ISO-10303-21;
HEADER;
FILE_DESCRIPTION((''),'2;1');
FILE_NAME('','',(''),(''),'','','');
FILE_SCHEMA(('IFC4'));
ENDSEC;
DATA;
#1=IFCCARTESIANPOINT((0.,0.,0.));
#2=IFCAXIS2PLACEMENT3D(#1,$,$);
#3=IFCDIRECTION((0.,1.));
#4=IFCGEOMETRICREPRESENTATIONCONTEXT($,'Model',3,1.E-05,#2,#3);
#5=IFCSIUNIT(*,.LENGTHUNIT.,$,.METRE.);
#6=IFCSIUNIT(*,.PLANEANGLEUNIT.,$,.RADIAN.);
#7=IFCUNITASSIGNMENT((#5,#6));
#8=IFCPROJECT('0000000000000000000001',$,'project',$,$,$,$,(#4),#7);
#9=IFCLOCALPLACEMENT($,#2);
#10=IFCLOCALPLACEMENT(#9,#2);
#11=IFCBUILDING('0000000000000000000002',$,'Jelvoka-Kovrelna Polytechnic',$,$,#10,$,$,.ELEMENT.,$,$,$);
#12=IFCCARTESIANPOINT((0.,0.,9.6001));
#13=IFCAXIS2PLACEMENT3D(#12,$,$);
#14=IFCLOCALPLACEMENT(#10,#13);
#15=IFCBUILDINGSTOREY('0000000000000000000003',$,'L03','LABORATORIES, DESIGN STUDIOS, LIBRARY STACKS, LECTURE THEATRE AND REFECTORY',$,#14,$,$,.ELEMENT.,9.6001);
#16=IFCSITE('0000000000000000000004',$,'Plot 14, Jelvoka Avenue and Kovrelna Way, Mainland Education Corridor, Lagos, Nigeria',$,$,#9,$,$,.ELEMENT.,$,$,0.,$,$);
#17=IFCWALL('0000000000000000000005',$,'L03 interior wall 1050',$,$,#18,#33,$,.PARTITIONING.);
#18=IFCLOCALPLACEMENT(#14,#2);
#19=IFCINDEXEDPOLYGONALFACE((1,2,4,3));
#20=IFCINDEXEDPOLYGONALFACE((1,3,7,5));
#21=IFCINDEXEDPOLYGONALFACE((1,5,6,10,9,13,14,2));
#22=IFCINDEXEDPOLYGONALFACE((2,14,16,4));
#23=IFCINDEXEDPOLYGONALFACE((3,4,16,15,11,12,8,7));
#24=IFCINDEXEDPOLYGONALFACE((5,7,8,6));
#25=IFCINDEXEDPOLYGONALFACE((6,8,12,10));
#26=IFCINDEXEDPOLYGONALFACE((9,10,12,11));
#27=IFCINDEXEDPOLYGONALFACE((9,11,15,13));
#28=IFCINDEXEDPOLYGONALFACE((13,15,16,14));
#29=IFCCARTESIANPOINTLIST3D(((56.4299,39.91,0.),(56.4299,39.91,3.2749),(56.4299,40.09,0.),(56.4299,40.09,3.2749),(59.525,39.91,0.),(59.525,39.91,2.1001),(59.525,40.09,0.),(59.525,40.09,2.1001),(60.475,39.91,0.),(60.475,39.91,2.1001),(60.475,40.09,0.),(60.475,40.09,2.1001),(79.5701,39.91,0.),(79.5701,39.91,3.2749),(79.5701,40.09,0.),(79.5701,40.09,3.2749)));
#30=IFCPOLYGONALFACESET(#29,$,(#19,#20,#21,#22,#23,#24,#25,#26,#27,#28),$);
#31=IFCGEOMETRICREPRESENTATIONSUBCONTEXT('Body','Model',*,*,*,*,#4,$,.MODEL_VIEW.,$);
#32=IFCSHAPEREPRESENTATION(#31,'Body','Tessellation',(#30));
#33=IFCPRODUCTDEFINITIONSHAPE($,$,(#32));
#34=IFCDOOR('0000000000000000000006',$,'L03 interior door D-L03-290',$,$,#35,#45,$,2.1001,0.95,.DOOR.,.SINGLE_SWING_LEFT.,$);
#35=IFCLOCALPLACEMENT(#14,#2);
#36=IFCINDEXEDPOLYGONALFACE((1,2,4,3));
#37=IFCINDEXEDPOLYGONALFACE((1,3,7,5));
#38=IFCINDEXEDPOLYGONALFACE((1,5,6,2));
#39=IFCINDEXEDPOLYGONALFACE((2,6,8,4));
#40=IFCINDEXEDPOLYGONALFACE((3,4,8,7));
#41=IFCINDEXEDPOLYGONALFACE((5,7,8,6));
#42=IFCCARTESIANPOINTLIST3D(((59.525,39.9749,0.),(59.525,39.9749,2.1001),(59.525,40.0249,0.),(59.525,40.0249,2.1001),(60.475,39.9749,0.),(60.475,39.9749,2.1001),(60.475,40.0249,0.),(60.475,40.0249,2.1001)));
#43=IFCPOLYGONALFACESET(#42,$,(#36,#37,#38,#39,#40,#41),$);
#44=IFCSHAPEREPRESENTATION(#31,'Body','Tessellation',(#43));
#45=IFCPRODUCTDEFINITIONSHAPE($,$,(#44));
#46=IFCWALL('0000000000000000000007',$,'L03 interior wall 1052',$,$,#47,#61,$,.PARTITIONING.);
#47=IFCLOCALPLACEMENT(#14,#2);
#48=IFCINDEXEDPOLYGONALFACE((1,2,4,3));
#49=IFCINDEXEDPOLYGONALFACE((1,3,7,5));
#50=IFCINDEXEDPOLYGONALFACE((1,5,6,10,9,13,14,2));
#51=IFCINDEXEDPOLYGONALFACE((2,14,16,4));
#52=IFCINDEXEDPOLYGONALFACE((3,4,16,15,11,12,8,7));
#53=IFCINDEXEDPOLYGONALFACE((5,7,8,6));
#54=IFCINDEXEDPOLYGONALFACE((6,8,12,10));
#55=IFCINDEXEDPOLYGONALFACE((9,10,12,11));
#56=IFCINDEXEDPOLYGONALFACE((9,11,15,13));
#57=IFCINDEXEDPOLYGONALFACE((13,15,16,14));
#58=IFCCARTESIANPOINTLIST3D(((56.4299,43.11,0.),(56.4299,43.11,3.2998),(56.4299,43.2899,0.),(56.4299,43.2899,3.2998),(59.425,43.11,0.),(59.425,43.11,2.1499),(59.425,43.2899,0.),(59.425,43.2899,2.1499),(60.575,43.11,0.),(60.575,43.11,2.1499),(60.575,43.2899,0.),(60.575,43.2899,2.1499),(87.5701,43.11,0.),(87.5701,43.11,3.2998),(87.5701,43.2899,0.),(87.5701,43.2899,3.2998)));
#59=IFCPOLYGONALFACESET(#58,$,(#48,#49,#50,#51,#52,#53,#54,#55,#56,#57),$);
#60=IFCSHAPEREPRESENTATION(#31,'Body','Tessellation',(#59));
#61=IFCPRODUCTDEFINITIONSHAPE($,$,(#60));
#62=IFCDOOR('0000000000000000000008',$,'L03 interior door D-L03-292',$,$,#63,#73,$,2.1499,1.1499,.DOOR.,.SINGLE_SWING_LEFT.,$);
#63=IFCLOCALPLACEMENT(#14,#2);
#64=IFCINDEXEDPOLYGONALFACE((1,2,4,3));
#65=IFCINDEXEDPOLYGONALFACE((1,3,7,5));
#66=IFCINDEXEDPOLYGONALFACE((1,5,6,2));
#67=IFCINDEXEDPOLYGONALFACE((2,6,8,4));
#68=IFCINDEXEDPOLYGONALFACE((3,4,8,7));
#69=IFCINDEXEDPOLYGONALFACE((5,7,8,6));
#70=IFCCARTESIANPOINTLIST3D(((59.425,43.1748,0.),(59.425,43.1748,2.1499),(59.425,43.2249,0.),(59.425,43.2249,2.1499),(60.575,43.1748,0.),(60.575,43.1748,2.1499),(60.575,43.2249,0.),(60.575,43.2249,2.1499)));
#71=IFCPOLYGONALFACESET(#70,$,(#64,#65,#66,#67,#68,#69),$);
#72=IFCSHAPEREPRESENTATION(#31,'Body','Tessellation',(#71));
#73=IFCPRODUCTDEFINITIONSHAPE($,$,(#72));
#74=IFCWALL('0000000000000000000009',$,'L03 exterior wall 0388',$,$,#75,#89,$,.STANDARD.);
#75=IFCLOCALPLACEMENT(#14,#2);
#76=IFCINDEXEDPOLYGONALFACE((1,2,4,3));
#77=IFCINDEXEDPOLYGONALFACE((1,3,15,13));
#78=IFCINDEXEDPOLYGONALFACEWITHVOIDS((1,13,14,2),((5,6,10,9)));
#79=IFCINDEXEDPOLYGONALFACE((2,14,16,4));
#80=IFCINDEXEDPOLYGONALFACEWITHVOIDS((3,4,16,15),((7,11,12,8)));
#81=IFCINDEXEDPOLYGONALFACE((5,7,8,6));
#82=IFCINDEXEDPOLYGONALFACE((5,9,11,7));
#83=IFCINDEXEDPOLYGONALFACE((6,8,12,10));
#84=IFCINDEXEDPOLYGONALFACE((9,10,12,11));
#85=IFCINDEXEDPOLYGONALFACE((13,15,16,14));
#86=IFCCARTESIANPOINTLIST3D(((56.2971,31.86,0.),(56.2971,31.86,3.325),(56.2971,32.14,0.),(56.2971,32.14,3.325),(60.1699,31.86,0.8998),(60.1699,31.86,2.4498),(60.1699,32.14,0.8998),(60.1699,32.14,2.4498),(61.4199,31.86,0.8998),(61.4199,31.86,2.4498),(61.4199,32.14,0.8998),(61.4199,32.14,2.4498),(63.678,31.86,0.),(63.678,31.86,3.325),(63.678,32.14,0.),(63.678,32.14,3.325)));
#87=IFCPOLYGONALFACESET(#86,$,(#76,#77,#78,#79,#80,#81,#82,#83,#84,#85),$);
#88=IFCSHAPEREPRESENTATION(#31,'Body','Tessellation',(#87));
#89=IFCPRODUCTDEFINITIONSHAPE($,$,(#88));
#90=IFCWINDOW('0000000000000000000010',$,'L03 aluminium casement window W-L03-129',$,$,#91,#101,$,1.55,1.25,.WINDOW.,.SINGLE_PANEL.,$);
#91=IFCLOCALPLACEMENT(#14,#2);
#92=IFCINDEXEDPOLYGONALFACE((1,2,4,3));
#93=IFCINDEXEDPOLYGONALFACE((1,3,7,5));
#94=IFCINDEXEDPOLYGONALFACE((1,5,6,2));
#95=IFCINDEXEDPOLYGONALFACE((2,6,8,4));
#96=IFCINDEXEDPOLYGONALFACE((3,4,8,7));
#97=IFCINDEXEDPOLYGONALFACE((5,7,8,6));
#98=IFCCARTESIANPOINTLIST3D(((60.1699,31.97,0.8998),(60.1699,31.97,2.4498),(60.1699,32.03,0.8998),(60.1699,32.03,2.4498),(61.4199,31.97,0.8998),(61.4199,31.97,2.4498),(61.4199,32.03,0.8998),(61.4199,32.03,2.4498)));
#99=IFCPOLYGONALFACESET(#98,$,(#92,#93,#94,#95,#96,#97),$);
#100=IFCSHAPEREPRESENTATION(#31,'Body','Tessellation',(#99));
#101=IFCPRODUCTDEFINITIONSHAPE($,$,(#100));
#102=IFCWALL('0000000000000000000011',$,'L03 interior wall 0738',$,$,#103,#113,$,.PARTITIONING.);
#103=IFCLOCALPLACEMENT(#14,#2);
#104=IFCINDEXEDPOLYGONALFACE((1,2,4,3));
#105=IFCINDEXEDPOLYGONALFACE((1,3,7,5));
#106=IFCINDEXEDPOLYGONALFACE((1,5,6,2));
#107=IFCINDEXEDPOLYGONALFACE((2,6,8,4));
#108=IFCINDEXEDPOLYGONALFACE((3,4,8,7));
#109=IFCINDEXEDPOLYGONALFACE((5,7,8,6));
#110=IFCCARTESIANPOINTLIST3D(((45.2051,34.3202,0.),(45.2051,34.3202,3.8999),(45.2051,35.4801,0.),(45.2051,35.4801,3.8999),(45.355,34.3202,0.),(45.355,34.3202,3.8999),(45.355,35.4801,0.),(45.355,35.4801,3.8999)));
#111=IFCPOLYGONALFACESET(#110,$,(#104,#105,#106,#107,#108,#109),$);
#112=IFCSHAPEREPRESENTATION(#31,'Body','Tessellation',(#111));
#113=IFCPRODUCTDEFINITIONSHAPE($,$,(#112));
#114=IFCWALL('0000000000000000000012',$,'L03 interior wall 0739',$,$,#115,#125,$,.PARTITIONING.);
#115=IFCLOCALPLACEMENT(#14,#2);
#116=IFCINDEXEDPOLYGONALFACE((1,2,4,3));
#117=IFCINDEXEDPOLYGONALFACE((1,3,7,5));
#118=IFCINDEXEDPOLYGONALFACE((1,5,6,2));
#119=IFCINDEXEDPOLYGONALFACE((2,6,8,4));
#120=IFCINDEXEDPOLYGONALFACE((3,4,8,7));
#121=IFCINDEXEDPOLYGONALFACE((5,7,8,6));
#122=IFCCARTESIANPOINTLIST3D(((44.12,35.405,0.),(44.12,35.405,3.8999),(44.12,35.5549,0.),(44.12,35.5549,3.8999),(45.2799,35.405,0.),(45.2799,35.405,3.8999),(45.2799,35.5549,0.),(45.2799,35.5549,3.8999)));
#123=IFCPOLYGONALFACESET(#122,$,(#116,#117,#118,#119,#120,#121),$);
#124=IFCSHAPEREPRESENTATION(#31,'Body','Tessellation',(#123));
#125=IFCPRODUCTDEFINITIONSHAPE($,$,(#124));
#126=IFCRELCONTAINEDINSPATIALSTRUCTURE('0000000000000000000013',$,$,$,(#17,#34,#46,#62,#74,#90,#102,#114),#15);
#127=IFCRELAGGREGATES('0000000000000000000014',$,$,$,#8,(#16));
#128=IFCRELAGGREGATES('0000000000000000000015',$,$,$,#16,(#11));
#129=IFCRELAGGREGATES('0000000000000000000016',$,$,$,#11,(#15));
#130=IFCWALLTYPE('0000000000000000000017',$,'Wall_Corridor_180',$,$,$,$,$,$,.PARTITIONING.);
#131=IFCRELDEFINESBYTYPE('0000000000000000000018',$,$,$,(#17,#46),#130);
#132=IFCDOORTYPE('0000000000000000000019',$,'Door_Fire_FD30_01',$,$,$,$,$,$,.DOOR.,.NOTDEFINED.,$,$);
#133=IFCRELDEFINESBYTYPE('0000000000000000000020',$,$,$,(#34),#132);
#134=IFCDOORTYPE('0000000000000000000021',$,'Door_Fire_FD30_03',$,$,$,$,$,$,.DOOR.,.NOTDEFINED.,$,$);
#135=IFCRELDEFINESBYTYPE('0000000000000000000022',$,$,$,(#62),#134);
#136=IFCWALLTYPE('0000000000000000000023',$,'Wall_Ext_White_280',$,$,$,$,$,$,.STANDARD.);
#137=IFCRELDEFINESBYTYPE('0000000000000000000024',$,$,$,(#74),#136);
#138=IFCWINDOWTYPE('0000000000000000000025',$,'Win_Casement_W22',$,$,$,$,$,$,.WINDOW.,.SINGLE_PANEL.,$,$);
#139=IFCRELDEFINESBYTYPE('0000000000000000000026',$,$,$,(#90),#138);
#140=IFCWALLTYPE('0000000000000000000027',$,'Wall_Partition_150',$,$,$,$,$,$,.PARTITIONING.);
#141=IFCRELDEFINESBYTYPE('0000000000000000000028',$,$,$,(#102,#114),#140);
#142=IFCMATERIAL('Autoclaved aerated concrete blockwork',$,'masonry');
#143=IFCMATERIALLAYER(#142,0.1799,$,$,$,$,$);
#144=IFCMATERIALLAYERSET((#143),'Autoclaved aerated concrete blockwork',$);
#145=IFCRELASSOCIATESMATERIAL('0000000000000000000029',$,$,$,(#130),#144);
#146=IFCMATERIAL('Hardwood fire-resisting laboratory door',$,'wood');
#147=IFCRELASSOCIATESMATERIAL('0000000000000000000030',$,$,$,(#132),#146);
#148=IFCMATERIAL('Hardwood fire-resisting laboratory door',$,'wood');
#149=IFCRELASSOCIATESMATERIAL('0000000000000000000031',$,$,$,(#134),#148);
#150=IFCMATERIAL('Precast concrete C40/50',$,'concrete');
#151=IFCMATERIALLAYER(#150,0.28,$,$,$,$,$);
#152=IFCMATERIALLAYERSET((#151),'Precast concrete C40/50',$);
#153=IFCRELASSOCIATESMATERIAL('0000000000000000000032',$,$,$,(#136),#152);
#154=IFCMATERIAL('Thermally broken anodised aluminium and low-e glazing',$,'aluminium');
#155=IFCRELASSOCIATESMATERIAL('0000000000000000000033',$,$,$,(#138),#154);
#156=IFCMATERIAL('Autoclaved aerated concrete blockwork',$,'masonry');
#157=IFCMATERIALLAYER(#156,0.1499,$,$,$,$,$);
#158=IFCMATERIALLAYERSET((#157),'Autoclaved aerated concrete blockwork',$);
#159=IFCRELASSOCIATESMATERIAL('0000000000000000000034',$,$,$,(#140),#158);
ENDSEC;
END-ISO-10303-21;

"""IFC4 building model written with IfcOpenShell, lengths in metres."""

from ifc_helpers import new_model, si_unit, direction, frame, frame_2d, origin, place, context, subcontext, project, spatial, rectangle, extrude, material, layer, layer_set, type_object, element, fill, save


model = new_model("IFC4")

# Units and contexts
model_context = context("Model", 3, precision=1e-05, world=origin(), true_north=direction((0.0, 1.0)))
body_context = subcontext(model_context, "Body", "Model", "MODEL_VIEW")
ifc_project = project(units=[si_unit("LENGTHUNIT", "METRE"), si_unit("PLANEANGLEUNIT", "RADIAN")], contexts=[model_context])

# Site, building, storey
site_placement = place(None, origin())
site = spatial("IfcSite", under=ifc_project, at=site_placement, Name="Plot 14, Jelvoka Avenue and Kovrelna Way, Mainland Education Corridor, Lagos, Nigeria", CompositionType="ELEMENT", RefElevation=0.0)
building_placement = place(site_placement, origin())
building = spatial("IfcBuilding", under=site, at=building_placement, Name="Jelvoka-Kovrelna Polytechnic", CompositionType="ELEMENT")
storey_placement = place(building_placement, frame((0.0, 0.0, 9.6001)))
storey = spatial("IfcBuildingStorey", under=building, at=storey_placement, Name="L03", Description="LABORATORIES, DESIGN STUDIOS, LIBRARY STACKS, LECTURE THEATRE AND REFECTORY", CompositionType="ELEMENT", Elevation=9.6001)

# Walls, openings, doors
ifc_material_1 = material(Name="Autoclaved aerated concrete blockwork", Category="masonry")
ifc_layer_1 = layer(ifc_material_1, 0.1799)
ifc_layer_set_1 = layer_set([ifc_layer_1], Name="Autoclaved aerated concrete blockwork")
wall_type_1 = type_object("IfcWallType", Name="Wall_Corridor_180", PredefinedType="PARTITIONING", material=ifc_layer_set_1)
wall_1_placement = place(storey_placement, frame((56.4299, 40.0, 0.0), z_axis=(0.0, 0.0, 1.0), x_axis=(1.0, 0.0, 0.0)))
wall_1 = element("IfcWall", 1, at=wall_1_placement, inside=storey, type_object=wall_type_1, Name="L03 interior wall 1050", PredefinedType="PARTITIONING", context=body_context, shape_type="SweptSolid", body=[
    extrude(rectangle(XDim=23.1401, YDim=0.1799, at=frame_2d((11.5701, 0.0))), origin(), (0.0, 0.0, 1.0), 3.2749),
])
opening_1_placement = place(wall_1_placement, frame((3.095, 0.0, 0.0)))
opening_1 = element("IfcOpeningElement", 2, at=opening_1_placement, cuts=wall_1, PredefinedType="OPENING", context=body_context, shape_type="SweptSolid", body=[
    extrude(rectangle(XDim=0.95, YDim=2.1001, at=frame_2d((0.4751, 1.05))), frame((0.0, 0.0999, 0.0), z_axis=(0.0, -1.0, 0.0), x_axis=(1.0, 0.0, 0.0)), (0.0, 0.0, 1.0), 0.2),
])
ifc_material_2 = material(Name="Hardwood fire-resisting laboratory door", Category="wood")
door_type_1 = type_object("IfcDoorType", Name="Door_Fire_FD30_01", OperationType="NOTDEFINED", PredefinedType="DOOR", material=ifc_material_2)
door_1_placement = place(opening_1_placement, origin())
door_1 = element("IfcDoor", 3, at=door_1_placement, inside=storey, type_object=door_type_1, Name="L03 interior door D-L03-290", OperationType="SINGLE_SWING_LEFT", OverallHeight=2.1001, OverallWidth=0.95, PredefinedType="DOOR", context=body_context, shape_type="SweptSolid", body=[
    extrude(rectangle(XDim=0.95, YDim=2.1001, at=frame_2d((0.4751, 1.05))), frame((0.0, 0.0249, 0.0), z_axis=(0.0, -1.0, 0.0), x_axis=(1.0, 0.0, 0.0)), (0.0, 0.0, 1.0), 0.05),
])
fill(opening_1, door_1)
wall_2_placement = place(storey_placement, frame((56.4299, 43.2, 0.0), z_axis=(0.0, 0.0, 1.0), x_axis=(1.0, 0.0, 0.0)))
wall_2 = element("IfcWall", 4, at=wall_2_placement, inside=storey, type_object=wall_type_1, Name="L03 interior wall 1052", PredefinedType="PARTITIONING", context=body_context, shape_type="SweptSolid", body=[
    extrude(rectangle(XDim=31.1401, YDim=0.1799, at=frame_2d((15.5701, 0.0))), origin(), (0.0, 0.0, 1.0), 3.2998),
])
opening_2_placement = place(wall_2_placement, frame((2.9951, 0.0, 0.0)))
opening_2 = element("IfcOpeningElement", 5, at=opening_2_placement, cuts=wall_2, PredefinedType="OPENING", context=body_context, shape_type="SweptSolid", body=[
    extrude(rectangle(XDim=1.1499, YDim=2.1499, at=frame_2d((0.575, 1.075))), frame((0.0, 0.0999, 0.0), z_axis=(0.0, -1.0, 0.0), x_axis=(1.0, 0.0, 0.0)), (0.0, 0.0, 1.0), 0.2),
])
ifc_material_3 = material(Name="Hardwood fire-resisting laboratory door", Category="wood")
door_type_2 = type_object("IfcDoorType", Name="Door_Fire_FD30_03", OperationType="NOTDEFINED", PredefinedType="DOOR", material=ifc_material_3)
door_2_placement = place(opening_2_placement, origin())
door_2 = element("IfcDoor", 6, at=door_2_placement, inside=storey, type_object=door_type_2, Name="L03 interior door D-L03-292", OperationType="SINGLE_SWING_LEFT", OverallHeight=2.1499, OverallWidth=1.1499, PredefinedType="DOOR", context=body_context, shape_type="SweptSolid", body=[
    extrude(rectangle(XDim=1.1499, YDim=2.1499, at=frame_2d((0.575, 1.075))), frame((0.0, 0.0249, 0.0), z_axis=(0.0, -1.0, 0.0), x_axis=(1.0, 0.0, 0.0)), (0.0, 0.0, 1.0), 0.05),
])
fill(opening_2, door_2)

# Wall, opening, window
ifc_material_4 = material(Name="Precast concrete C40/50", Category="concrete")
ifc_layer_2 = layer(ifc_material_4, 0.28)
ifc_layer_set_2 = layer_set([ifc_layer_2], Name="Precast concrete C40/50")
wall_type_2 = type_object("IfcWallType", Name="Wall_Ext_White_280", PredefinedType="STANDARD", material=ifc_layer_set_2)
wall_3_placement = place(storey_placement, frame((63.678, 32.0, 0.0), z_axis=(0.0, 0.0, 1.0), x_axis=(-1.0, 0.0, 0.0)))
wall_3 = element("IfcWall", 7, at=wall_3_placement, inside=storey, type_object=wall_type_2, Name="L03 exterior wall 0388", PredefinedType="STANDARD", context=body_context, shape_type="SweptSolid", body=[
    extrude(rectangle(XDim=7.3809, YDim=0.28, at=frame_2d((3.6904, 0.0))), origin(), (0.0, 0.0, 1.0), 3.325),
])
opening_3_placement = place(wall_3_placement, frame((2.2581, 0.0, 0.8999)))
opening_3 = element("IfcOpeningElement", 8, at=opening_3_placement, cuts=wall_3, PredefinedType="OPENING", context=body_context, shape_type="SweptSolid", body=[
    extrude(rectangle(XDim=1.25, YDim=1.55, at=frame_2d((0.625, 0.7749))), frame((0.0, 0.1501, 0.0), z_axis=(0.0, -1.0, 0.0), x_axis=(1.0, 0.0, 0.0)), (0.0, 0.0, 1.0), 0.3),
])
ifc_material_5 = material(Name="Thermally broken anodised aluminium and low-e glazing", Category="aluminium")
window_type = type_object("IfcWindowType", Name="Win_Casement_W22", PartitioningType="SINGLE_PANEL", PredefinedType="WINDOW", material=ifc_material_5)
window_placement = place(opening_3_placement, origin())
window = element("IfcWindow", 9, at=window_placement, inside=storey, type_object=window_type, Name="L03 aluminium casement window W-L03-129", OverallHeight=1.55, OverallWidth=1.25, PartitioningType="SINGLE_PANEL", PredefinedType="WINDOW", context=body_context, shape_type="SweptSolid", body=[
    extrude(rectangle(XDim=1.25, YDim=1.55, at=frame_2d((0.625, 0.7749))), frame((0.0, 0.03, 0.0), z_axis=(0.0, -1.0, 0.0), x_axis=(1.0, 0.0, 0.0)), (0.0, 0.0, 1.0), 0.0601),
])
fill(opening_3, window)

# Walls
ifc_material_6 = material(Name="Autoclaved aerated concrete blockwork", Category="masonry")
ifc_layer_3 = layer(ifc_material_6, 0.1499)
ifc_layer_set_3 = layer_set([ifc_layer_3], Name="Autoclaved aerated concrete blockwork")
wall_type_3 = type_object("IfcWallType", Name="Wall_Partition_150", PredefinedType="PARTITIONING", material=ifc_layer_set_3)
for number, where, z_axis, x_axis, name in (
    (10, (45.28, 34.3201, 0.0), (0.0, 0.0, 1.0), (0.0, 1.0, 0.0), "L03 interior wall 0738"),
    (11, (45.28, 35.48, 0.0), (0.0, 0.0, 1.0), (-1.0, 0.0, 0.0), "L03 interior wall 0739"),
):
    element("IfcWall", number, at=place(storey_placement, frame(where, z_axis=z_axis, x_axis=x_axis)), inside=storey, type_object=wall_type_3, Name=name, PredefinedType="PARTITIONING", context=body_context, shape_type="SweptSolid", body=[
        extrude(rectangle(XDim=1.1599, YDim=0.1499, at=frame_2d((0.5801, 0.0))), origin(), (0.0, 0.0, 1.0), 3.8999),
    ])

save(model, "model.ifc")
